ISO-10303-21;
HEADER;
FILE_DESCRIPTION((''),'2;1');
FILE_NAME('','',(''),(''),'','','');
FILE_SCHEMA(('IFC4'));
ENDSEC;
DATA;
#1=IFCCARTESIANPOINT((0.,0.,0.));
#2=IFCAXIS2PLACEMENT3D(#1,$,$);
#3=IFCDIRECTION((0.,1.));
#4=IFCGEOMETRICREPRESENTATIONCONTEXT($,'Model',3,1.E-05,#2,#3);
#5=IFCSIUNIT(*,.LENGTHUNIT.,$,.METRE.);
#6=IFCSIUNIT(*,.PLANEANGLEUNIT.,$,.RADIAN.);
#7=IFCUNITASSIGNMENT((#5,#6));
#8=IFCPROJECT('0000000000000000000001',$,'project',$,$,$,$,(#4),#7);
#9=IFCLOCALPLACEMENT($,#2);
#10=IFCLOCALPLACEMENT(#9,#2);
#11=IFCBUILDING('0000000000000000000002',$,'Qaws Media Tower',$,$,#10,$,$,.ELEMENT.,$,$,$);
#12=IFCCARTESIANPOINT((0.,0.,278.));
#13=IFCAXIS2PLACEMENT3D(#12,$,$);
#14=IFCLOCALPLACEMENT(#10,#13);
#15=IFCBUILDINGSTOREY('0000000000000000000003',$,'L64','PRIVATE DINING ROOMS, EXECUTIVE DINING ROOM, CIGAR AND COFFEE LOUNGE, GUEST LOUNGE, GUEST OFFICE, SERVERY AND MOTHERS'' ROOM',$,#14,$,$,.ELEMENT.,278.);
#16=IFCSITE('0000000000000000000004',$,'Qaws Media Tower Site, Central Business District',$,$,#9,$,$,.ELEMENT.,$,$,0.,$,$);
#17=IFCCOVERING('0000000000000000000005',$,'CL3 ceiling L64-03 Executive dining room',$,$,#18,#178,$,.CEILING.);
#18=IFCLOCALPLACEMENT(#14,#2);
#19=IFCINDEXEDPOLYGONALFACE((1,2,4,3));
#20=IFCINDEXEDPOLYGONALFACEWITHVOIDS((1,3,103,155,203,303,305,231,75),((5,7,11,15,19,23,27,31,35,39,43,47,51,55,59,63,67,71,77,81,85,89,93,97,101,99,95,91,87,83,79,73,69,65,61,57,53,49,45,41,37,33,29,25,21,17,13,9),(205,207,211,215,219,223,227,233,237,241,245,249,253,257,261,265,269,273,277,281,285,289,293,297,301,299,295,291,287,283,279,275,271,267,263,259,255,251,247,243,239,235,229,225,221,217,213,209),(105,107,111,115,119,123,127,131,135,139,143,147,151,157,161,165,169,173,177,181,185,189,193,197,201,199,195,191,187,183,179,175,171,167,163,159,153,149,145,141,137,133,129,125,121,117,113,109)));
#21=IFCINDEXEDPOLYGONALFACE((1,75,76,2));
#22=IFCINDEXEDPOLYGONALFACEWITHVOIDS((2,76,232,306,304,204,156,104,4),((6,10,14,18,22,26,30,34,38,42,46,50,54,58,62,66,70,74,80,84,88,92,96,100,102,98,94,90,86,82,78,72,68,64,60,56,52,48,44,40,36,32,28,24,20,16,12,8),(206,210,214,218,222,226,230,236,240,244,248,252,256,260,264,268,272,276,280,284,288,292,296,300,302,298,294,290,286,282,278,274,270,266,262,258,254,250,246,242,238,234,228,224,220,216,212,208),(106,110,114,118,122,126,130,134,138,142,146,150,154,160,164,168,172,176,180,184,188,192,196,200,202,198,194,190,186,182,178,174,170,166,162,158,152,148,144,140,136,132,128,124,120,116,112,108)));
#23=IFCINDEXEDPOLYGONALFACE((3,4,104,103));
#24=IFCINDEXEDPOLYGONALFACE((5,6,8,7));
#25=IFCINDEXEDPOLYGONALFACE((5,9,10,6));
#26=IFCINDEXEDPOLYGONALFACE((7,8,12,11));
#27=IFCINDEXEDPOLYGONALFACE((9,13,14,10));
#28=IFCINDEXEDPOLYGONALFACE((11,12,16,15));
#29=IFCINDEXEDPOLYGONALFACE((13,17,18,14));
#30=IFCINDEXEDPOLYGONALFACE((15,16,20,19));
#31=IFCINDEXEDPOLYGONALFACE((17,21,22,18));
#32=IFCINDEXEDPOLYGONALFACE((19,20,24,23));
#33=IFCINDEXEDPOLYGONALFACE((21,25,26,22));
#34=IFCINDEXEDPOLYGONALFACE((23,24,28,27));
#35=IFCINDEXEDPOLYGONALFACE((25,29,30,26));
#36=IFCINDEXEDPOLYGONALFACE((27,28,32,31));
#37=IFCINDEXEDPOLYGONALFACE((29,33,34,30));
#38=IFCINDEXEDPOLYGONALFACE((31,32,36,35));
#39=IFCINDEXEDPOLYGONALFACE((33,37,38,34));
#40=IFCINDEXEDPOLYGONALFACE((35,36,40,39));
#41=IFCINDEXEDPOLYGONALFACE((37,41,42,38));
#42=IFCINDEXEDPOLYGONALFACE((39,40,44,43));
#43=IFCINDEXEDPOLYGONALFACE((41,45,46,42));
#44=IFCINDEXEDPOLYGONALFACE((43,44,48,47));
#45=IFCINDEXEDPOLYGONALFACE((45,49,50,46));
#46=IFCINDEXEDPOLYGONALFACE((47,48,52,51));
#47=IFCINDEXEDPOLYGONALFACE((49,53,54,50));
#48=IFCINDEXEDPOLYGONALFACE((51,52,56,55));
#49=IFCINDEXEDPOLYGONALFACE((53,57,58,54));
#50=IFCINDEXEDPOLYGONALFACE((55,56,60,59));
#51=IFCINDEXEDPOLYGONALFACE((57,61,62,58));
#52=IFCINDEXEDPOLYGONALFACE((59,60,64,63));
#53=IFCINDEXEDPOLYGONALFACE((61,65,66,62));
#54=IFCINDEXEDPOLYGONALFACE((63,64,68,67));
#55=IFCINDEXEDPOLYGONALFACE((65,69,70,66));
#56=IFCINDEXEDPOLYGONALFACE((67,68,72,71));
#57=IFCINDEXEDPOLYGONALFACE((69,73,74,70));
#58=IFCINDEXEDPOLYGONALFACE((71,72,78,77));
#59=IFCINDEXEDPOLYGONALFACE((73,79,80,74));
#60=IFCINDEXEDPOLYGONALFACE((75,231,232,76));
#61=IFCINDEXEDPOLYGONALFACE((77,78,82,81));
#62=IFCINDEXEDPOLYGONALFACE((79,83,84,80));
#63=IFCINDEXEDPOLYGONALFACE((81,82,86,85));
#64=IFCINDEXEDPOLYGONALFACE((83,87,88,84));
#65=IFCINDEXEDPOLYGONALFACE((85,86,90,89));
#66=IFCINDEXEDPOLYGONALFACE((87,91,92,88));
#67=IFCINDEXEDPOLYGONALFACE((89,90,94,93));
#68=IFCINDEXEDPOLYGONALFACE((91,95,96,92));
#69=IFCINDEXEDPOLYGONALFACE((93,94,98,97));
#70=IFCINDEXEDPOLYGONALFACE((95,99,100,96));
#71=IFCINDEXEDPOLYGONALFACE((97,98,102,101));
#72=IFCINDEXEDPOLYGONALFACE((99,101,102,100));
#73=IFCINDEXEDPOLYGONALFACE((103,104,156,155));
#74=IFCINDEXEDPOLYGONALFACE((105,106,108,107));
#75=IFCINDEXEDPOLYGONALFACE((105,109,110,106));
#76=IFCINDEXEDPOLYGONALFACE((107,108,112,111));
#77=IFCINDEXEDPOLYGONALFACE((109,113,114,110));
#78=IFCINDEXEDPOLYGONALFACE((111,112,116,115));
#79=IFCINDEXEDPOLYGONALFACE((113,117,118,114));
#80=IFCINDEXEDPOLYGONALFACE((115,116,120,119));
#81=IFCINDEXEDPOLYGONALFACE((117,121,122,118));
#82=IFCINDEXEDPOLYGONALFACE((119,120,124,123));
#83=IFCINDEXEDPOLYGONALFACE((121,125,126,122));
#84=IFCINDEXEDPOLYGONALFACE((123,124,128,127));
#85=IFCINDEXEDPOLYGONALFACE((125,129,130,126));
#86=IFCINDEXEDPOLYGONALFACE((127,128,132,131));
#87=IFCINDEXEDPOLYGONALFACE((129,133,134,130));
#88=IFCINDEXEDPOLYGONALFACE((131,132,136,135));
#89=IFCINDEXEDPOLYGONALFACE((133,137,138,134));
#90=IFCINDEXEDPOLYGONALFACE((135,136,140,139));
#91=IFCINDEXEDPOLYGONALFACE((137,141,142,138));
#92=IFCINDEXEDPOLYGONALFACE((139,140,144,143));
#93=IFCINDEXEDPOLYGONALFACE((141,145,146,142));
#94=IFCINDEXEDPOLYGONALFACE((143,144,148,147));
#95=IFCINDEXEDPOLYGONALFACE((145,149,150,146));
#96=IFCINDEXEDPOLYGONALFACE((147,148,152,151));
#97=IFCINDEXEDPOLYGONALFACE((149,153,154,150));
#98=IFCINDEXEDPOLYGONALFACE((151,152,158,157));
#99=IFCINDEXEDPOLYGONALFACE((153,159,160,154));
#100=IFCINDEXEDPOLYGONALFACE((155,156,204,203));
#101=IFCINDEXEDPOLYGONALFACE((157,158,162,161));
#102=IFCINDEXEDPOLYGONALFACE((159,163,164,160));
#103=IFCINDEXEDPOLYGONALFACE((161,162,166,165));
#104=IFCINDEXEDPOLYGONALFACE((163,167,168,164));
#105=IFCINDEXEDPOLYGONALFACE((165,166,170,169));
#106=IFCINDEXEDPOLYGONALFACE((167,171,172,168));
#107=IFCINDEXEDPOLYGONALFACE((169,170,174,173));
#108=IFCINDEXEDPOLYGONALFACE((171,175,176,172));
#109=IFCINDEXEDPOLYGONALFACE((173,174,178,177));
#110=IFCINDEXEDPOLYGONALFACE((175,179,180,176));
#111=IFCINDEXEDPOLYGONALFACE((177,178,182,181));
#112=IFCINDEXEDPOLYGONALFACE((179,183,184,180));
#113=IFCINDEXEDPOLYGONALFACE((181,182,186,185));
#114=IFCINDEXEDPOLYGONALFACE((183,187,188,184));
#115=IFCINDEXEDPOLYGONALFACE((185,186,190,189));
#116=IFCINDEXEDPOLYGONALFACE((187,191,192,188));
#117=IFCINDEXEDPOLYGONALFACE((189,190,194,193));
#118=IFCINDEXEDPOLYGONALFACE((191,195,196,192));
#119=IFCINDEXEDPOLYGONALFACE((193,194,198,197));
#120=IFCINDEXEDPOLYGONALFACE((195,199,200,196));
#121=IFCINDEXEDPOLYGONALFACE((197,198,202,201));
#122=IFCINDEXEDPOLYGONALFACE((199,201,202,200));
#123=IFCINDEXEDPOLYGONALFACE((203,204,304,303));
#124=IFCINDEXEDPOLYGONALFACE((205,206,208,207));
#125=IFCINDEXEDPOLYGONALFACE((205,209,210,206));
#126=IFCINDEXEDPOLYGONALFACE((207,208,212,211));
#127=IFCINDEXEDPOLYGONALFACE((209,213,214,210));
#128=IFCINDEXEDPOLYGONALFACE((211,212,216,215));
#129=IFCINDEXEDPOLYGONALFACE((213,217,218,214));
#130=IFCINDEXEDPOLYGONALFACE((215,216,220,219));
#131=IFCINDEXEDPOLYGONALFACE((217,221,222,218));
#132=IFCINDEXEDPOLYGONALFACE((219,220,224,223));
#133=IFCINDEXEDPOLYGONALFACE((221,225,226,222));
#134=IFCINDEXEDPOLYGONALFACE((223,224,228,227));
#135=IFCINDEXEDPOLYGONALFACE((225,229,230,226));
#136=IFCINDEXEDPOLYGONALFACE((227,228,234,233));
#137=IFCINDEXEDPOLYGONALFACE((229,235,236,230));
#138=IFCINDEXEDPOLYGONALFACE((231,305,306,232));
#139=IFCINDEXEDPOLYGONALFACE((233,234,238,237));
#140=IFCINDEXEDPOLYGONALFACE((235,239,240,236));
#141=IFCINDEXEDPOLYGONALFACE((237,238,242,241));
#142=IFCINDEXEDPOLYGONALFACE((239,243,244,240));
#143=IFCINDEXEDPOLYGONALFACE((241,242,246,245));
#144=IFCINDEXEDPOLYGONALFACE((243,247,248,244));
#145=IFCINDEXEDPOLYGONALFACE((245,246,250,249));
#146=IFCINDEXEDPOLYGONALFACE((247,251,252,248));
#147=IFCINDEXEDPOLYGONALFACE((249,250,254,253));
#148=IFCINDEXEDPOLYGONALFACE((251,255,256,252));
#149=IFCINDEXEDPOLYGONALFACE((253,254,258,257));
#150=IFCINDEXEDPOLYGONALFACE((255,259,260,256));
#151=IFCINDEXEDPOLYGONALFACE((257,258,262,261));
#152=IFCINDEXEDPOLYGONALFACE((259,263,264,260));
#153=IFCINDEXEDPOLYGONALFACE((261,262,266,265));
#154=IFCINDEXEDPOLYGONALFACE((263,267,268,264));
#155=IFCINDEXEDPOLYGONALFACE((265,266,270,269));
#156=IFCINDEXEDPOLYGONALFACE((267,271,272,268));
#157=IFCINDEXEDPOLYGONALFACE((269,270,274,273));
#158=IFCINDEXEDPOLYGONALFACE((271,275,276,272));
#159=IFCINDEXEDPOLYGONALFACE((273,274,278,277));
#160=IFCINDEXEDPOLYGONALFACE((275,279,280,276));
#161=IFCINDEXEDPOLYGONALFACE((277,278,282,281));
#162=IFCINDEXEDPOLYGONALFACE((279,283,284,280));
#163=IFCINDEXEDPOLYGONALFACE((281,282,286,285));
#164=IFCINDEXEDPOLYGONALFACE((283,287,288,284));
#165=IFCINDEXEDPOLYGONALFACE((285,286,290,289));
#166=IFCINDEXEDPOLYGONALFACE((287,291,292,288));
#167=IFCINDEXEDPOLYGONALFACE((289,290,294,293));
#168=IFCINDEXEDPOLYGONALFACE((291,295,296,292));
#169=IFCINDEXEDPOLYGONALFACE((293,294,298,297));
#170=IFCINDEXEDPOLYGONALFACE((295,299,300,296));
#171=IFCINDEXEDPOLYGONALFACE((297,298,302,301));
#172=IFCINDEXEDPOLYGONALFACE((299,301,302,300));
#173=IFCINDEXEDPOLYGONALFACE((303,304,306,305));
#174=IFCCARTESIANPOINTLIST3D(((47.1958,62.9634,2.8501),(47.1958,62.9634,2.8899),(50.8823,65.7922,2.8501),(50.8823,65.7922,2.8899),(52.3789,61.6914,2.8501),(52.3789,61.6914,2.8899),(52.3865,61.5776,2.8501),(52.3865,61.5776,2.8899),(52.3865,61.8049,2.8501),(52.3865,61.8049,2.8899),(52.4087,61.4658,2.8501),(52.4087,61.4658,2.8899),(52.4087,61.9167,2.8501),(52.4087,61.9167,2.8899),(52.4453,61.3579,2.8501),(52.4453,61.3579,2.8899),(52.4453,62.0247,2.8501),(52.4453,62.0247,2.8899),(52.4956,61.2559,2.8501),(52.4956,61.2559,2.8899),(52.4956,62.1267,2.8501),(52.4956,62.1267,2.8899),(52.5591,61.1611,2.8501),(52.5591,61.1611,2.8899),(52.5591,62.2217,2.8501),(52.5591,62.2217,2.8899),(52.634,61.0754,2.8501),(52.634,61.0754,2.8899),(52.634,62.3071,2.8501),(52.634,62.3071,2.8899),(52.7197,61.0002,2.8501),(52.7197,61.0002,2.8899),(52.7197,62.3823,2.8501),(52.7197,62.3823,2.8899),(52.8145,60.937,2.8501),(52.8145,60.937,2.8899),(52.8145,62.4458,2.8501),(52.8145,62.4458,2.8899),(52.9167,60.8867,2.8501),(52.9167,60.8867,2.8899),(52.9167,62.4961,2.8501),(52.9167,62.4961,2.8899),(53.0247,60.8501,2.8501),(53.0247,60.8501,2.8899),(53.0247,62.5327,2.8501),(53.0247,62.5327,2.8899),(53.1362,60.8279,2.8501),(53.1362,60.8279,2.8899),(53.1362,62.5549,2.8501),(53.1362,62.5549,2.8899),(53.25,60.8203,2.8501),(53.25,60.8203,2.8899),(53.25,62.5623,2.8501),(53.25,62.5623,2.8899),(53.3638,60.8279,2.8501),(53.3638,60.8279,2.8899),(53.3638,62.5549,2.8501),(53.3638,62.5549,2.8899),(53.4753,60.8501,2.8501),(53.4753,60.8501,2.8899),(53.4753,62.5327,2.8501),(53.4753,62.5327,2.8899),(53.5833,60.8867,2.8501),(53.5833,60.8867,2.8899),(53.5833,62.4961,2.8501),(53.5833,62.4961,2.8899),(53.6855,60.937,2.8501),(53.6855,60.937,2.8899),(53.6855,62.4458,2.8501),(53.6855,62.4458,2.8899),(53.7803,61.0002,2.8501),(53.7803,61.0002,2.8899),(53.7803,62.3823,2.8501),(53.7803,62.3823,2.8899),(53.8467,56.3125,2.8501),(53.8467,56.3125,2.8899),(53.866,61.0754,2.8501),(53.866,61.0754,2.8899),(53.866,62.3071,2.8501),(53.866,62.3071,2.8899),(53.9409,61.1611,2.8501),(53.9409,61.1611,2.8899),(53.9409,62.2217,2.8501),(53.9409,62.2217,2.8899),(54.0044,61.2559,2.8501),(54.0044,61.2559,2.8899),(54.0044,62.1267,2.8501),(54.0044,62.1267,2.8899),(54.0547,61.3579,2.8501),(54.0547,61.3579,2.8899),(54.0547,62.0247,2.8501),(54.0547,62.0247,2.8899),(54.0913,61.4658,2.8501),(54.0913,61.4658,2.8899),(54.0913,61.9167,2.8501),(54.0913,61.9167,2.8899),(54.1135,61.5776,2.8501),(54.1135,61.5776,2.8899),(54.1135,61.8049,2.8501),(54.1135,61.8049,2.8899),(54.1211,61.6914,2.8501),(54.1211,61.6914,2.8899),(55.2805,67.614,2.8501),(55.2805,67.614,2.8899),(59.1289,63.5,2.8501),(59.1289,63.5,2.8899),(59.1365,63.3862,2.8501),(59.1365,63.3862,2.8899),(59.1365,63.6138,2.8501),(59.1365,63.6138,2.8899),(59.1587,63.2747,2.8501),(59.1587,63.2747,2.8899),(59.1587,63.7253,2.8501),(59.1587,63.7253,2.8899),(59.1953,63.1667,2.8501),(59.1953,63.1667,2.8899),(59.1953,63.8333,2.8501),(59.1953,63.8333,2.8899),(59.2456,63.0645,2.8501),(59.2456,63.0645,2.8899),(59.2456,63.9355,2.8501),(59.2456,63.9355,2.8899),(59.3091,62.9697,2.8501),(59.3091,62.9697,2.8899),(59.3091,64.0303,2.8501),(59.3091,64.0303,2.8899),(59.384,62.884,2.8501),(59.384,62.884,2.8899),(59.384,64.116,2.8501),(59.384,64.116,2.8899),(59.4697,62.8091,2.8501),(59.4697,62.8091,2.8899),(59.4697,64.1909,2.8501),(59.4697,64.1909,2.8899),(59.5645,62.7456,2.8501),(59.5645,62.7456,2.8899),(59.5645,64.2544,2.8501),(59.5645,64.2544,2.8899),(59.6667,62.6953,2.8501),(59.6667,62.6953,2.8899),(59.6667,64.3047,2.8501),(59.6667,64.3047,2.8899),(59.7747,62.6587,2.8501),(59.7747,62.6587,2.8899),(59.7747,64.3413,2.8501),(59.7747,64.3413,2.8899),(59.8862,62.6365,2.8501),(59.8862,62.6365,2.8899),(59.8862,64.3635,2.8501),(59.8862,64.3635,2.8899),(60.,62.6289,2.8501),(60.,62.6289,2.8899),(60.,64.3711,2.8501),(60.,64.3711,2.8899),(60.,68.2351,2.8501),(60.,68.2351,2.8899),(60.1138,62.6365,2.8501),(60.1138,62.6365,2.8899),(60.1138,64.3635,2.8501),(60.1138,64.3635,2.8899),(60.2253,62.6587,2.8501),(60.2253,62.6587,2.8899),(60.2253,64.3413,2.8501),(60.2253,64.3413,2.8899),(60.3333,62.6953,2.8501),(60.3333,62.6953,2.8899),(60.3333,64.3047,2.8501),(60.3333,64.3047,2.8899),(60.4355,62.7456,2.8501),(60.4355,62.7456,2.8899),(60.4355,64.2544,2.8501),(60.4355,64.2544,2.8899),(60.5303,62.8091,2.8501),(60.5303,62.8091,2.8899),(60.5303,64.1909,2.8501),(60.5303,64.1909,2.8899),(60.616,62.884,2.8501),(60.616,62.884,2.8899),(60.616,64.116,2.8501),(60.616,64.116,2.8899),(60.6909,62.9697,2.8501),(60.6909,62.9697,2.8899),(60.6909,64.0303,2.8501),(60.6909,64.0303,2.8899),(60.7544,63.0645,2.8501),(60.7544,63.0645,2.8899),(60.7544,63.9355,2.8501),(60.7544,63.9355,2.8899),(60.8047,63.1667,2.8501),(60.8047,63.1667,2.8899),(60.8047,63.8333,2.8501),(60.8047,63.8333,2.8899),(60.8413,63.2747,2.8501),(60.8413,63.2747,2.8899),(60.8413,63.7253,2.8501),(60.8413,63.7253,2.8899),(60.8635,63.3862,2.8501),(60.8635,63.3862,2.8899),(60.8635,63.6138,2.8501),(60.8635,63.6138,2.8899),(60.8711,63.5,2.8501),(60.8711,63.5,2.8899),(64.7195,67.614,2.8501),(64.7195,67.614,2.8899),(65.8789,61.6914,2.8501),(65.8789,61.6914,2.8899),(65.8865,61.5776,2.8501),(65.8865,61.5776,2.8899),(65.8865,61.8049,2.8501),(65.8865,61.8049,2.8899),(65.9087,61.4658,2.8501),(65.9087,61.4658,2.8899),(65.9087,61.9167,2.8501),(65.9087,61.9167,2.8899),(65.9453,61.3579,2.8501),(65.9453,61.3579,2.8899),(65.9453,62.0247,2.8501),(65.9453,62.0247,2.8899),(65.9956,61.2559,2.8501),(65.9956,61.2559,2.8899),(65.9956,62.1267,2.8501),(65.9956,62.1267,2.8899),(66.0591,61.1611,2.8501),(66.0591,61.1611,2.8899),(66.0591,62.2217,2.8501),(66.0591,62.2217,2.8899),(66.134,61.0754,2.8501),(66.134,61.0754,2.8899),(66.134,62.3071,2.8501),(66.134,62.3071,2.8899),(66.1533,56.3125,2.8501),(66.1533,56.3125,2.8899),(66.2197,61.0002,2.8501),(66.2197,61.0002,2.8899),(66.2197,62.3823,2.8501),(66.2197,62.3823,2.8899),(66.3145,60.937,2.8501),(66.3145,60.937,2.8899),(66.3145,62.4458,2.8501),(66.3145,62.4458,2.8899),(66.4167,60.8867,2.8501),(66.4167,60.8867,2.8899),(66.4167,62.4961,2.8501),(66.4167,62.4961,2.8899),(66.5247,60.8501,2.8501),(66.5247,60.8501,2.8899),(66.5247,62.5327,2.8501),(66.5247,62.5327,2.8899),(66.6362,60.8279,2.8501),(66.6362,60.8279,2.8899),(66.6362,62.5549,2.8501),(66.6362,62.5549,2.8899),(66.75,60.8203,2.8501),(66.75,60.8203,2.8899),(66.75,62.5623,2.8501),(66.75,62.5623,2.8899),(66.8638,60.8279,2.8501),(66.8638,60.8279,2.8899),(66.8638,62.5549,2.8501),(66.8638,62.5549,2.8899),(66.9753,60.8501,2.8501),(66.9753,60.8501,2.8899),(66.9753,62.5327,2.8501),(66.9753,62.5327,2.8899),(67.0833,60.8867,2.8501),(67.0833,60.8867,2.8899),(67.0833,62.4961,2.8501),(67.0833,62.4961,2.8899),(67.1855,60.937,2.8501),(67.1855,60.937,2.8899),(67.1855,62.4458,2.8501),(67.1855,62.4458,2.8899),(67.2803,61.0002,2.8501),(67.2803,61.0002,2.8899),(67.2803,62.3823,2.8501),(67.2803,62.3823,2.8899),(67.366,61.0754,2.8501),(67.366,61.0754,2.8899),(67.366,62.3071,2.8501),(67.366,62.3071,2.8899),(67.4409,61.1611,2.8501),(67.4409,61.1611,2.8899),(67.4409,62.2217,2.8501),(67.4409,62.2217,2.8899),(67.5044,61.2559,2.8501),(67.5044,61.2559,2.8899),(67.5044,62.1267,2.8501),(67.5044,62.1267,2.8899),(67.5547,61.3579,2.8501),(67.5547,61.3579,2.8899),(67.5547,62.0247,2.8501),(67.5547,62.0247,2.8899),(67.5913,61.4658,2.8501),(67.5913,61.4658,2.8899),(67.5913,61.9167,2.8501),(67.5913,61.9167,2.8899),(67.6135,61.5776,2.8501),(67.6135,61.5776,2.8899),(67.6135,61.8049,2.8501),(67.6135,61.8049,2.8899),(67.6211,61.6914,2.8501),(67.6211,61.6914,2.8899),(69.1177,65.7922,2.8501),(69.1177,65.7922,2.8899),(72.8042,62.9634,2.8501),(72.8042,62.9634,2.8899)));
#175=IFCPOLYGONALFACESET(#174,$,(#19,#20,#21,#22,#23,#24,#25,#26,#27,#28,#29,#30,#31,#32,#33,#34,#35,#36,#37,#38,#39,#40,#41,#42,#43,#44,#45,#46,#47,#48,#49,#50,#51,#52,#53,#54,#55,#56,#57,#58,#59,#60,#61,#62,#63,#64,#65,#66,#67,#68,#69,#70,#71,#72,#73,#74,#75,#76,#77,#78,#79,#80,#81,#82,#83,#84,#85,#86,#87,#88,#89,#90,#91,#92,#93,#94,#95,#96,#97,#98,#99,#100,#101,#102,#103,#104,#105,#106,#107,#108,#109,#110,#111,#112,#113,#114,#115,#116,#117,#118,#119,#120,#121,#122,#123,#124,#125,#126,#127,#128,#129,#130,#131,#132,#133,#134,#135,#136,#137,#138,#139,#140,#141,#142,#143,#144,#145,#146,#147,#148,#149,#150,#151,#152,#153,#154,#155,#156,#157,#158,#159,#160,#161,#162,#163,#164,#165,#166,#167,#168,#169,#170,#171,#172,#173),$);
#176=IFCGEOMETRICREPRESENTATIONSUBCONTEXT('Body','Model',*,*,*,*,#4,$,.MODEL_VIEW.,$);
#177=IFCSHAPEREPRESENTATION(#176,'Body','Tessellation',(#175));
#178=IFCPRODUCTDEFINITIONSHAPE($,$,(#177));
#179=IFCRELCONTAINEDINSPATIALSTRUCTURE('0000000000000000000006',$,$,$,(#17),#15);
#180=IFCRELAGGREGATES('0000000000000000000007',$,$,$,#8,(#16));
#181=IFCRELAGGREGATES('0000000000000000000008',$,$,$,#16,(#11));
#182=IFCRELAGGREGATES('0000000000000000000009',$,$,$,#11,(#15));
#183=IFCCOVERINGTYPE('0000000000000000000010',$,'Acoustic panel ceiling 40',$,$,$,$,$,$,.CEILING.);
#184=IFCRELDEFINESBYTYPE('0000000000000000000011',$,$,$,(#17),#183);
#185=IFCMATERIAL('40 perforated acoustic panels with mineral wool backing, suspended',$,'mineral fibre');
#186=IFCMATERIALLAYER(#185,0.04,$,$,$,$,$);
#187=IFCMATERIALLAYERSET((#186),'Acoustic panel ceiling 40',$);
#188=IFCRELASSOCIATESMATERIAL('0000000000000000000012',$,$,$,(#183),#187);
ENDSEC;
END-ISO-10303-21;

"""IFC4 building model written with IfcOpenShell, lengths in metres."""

from ifc_helpers import new_model, si_unit, direction, frame, origin, place, context, subcontext, project, spatial, polyline, outline, extrude, material, layer, layer_set, type_object, element, save


model = new_model("IFC4")

# Units and contexts
model_context = context("Model", 3, precision=1e-05, world=origin(), true_north=direction((0.0, 1.0)))
body_context = subcontext(model_context, "Body", "Model", "MODEL_VIEW")
ifc_project = project(units=[si_unit("LENGTHUNIT", "METRE"), si_unit("PLANEANGLEUNIT", "RADIAN")], contexts=[model_context])

# Site, building, storey
site_placement = place(None, origin())
site = spatial("IfcSite", under=ifc_project, at=site_placement, Name="Qaws Media Tower Site, Central Business District", CompositionType="ELEMENT", RefElevation=0.0)
building_placement = place(site_placement, origin())
building = spatial("IfcBuilding", under=site, at=building_placement, Name="Qaws Media Tower", CompositionType="ELEMENT")
storey_placement = place(building_placement, frame((0.0, 0.0, 278.0)))
storey = spatial("IfcBuildingStorey", under=building, at=storey_placement, Name="L64", Description="PRIVATE DINING ROOMS, EXECUTIVE DINING ROOM, CIGAR AND COFFEE LOUNGE, GUEST LOUNGE, GUEST OFFICE, SERVERY AND MOTHERS' ROOM", CompositionType="ELEMENT", Elevation=278.0)

# Covering
ifc_material_1 = material(Name="40 perforated acoustic panels with mineral wool backing, suspended", Category="mineral fibre")
ifc_layer_1 = layer(ifc_material_1, 0.04)
ifc_layer_set_1 = layer_set([ifc_layer_1], Name="Acoustic panel ceiling 40")
covering_type_1 = type_object("IfcCoveringType", Name="Acoustic panel ceiling 40", PredefinedType="CEILING", material=ifc_layer_set_1)
covering_1_placement = place(storey_placement, frame((0.0, 0.0, 2.8501)))
element("IfcCovering", 1, at=covering_1_placement, inside=storey, type_object=covering_type_1, Name="CL3 ceiling L64-03 Executive dining room", PredefinedType="CEILING", context=body_context, shape_type="SweptSolid", body=[
    extrude(outline(polyline([(50.8823, 65.7922), (55.2805, 67.614), (60.0, 68.2351), (64.7195, 67.614), (69.1177, 65.7922), (72.8042, 62.9634), (66.1533, 56.3125), (53.8467, 56.3125), (47.1958, 62.9634), (50.8823, 65.7922)]), holes=[polyline([(54.0547, 61.3579), (54.0913, 61.4658), (54.1135, 61.5776), (54.1211, 61.6914), (54.1135, 61.8049), (54.0913, 61.9167), (54.0547, 62.0247), (54.0044, 62.1267), (53.9409, 62.2217), (53.866, 62.3071), (53.7803, 62.3823), (53.6855, 62.4458), (53.5833, 62.4961), (53.4753, 62.5327), (53.3638, 62.5549), (53.25, 62.5623), (53.1362, 62.5549), (53.0247, 62.5327), (52.9167, 62.4961), (52.8145, 62.4458), (52.7197, 62.3823), (52.634, 62.3071), (52.5591, 62.2217), (52.4956, 62.1267), (52.4453, 62.0247), (52.4087, 61.9167), (52.3865, 61.8049), (52.3789, 61.6914), (52.3865, 61.5776), (52.4087, 61.4658), (52.4453, 61.3579), (52.4956, 61.2559), (52.5591, 61.1611), (52.634, 61.0754), (52.7197, 61.0002), (52.8145, 60.937), (52.9167, 60.8867), (53.0247, 60.8501), (53.1362, 60.8279), (53.25, 60.8203), (53.3638, 60.8279), (53.4753, 60.8501), (53.5833, 60.8867), (53.6855, 60.937), (53.7803, 61.0002), (53.866, 61.0754), (53.9409, 61.1611), (54.0044, 61.2559), (54.0547, 61.3579)]), polyline([(60.8047, 63.1667), (60.8413, 63.2747), (60.8635, 63.3862), (60.8711, 63.5), (60.8635, 63.6138), (60.8413, 63.7253), (60.8047, 63.8333), (60.7544, 63.9355), (60.6909, 64.0303), (60.616, 64.116), (60.5303, 64.1909), (60.4355, 64.2544), (60.3333, 64.3047), (60.2253, 64.3413), (60.1138, 64.3635), (60.0, 64.3711), (59.8862, 64.3635), (59.7747, 64.3413), (59.6667, 64.3047), (59.5645, 64.2544), (59.4697, 64.1909), (59.384, 64.116), (59.3091, 64.0303), (59.2456, 63.9355), (59.1953, 63.8333), (59.1587, 63.7253), (59.1365, 63.6138), (59.1289, 63.5), (59.1365, 63.3862), (59.1587, 63.2747), (59.1953, 63.1667), (59.2456, 63.0645), (59.3091, 62.9697), (59.384, 62.884), (59.4697, 62.8091), (59.5645, 62.7456), (59.6667, 62.6953), (59.7747, 62.6587), (59.8862, 62.6365), (60.0, 62.6289), (60.1138, 62.6365), (60.2253, 62.6587), (60.3333, 62.6953), (60.4355, 62.7456), (60.5303, 62.8091), (60.616, 62.884), (60.6909, 62.9697), (60.7544, 63.0645), (60.8047, 63.1667)]), polyline([(67.5547, 61.3579), (67.5913, 61.4658), (67.6135, 61.5776), (67.6211, 61.6914), (67.6135, 61.8049), (67.5913, 61.9167), (67.5547, 62.0247), (67.5044, 62.1267), (67.4409, 62.2217), (67.366, 62.3071), (67.2803, 62.3823), (67.1855, 62.4458), (67.0833, 62.4961), (66.9753, 62.5327), (66.8638, 62.5549), (66.75, 62.5623), (66.6362, 62.5549), (66.5247, 62.5327), (66.4167, 62.4961), (66.3145, 62.4458), (66.2197, 62.3823), (66.134, 62.3071), (66.0591, 62.2217), (65.9956, 62.1267), (65.9453, 62.0247), (65.9087, 61.9167), (65.8865, 61.8049), (65.8789, 61.6914), (65.8865, 61.5776), (65.9087, 61.4658), (65.9453, 61.3579), (65.9956, 61.2559), (66.0591, 61.1611), (66.134, 61.0754), (66.2197, 61.0002), (66.3145, 60.937), (66.4167, 60.8867), (66.5247, 60.8501), (66.6362, 60.8279), (66.75, 60.8203), (66.8638, 60.8279), (66.9753, 60.8501), (67.0833, 60.8867), (67.1855, 60.937), (67.2803, 61.0002), (67.366, 61.0754), (67.4409, 61.1611), (67.5044, 61.2559), (67.5547, 61.3579)])]), origin(), (0.0, 0.0, 1.0), 0.0398),
])

save(model, "model.ifc")
